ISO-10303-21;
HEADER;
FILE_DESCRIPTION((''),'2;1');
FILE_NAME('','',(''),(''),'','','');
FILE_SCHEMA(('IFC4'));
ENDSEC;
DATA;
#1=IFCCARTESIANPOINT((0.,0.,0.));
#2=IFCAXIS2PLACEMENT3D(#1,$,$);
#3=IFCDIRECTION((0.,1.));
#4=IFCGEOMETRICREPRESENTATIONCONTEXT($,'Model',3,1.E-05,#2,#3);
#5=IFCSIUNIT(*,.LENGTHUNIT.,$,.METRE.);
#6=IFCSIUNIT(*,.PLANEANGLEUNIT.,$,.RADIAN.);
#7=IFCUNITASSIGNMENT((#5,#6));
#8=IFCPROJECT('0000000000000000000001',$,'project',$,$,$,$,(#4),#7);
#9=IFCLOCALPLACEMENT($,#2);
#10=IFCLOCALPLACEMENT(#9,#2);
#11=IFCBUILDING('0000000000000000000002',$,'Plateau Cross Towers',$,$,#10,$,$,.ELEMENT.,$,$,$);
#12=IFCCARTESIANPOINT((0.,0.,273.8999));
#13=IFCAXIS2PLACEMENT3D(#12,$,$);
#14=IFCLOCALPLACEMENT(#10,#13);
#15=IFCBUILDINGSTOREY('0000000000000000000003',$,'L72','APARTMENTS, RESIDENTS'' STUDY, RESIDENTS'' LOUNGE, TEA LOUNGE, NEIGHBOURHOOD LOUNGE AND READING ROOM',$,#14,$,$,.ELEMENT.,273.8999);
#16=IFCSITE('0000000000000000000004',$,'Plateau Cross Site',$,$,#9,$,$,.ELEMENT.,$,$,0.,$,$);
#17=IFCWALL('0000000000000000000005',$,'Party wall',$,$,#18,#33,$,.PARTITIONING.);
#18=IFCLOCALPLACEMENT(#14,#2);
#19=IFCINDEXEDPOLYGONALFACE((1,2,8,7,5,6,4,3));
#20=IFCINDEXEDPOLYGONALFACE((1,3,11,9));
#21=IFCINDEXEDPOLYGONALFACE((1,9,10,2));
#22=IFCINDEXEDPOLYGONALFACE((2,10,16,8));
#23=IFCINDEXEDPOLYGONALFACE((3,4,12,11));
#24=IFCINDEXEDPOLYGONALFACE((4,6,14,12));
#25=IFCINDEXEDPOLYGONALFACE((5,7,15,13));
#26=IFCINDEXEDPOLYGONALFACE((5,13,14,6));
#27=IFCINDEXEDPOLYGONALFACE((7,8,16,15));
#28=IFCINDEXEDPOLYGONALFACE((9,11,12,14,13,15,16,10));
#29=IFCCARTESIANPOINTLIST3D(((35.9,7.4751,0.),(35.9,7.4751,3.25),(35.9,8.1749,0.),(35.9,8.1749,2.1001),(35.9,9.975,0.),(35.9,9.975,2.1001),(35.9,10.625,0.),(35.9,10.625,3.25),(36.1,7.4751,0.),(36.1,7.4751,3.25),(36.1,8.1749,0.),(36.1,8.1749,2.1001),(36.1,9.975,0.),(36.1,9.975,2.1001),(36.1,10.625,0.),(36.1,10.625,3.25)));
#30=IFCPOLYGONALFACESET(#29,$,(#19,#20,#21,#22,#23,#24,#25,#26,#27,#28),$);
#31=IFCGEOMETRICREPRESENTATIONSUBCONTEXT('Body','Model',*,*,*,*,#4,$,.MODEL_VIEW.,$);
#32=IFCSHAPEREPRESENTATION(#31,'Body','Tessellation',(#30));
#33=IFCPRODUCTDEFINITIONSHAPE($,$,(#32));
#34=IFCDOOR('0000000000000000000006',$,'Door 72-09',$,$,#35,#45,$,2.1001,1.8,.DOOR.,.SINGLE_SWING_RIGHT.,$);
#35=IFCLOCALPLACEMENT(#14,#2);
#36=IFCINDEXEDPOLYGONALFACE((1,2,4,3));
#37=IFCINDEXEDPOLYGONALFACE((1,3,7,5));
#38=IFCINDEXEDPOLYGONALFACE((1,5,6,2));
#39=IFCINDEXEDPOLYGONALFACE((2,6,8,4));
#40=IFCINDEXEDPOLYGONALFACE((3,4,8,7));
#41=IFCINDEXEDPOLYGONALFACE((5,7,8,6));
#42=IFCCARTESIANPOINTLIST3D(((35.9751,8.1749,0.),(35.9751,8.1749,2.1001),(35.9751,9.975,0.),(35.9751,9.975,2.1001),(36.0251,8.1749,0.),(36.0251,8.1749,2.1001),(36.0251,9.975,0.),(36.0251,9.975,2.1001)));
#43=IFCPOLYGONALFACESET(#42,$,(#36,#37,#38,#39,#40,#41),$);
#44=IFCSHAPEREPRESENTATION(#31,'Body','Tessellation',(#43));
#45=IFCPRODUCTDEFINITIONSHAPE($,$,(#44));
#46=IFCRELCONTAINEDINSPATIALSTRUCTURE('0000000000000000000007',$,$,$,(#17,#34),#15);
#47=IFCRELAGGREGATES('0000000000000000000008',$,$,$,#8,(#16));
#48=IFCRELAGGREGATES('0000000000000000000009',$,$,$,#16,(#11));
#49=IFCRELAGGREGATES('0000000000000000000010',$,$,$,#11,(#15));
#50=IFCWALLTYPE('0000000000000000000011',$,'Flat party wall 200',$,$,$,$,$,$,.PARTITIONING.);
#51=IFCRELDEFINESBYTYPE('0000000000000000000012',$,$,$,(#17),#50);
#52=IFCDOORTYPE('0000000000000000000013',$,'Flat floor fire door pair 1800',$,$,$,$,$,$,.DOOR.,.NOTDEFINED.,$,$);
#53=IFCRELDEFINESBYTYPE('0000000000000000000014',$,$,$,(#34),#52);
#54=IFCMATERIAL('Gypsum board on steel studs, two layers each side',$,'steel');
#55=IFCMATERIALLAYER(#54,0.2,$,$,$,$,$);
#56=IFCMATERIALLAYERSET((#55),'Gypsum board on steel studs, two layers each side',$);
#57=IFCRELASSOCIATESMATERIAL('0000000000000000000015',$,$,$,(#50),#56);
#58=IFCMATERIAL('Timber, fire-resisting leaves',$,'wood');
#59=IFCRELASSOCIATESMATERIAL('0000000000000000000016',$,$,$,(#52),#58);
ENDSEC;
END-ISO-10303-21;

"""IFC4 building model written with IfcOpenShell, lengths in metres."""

from ifc_helpers import new_model, si_unit, direction, frame, frame_2d, origin, place, context, subcontext, project, spatial, rectangle, extrude, material, layer, layer_set, type_object, element, fill, save


model = new_model("IFC4")

# Units and contexts
model_context = context("Model", 3, precision=1e-05, world=origin(), true_north=direction((0.0, 1.0)))
body_context = subcontext(model_context, "Body", "Model", "MODEL_VIEW")
ifc_project = project(units=[si_unit("LENGTHUNIT", "METRE"), si_unit("PLANEANGLEUNIT", "RADIAN")], contexts=[model_context])

# Site, building, storey
site_placement = place(None, origin())
site = spatial("IfcSite", under=ifc_project, at=site_placement, Name="Plateau Cross Site", CompositionType="ELEMENT", RefElevation=0.0)
building_placement = place(site_placement, origin())
building = spatial("IfcBuilding", under=site, at=building_placement, Name="Plateau Cross Towers", CompositionType="ELEMENT")
storey_placement = place(building_placement, frame((0.0, 0.0, 273.8999)))
storey = spatial("IfcBuildingStorey", under=building, at=storey_placement, Name="L72", Description="APARTMENTS, RESIDENTS' STUDY, RESIDENTS' LOUNGE, TEA LOUNGE, NEIGHBOURHOOD LOUNGE AND READING ROOM", CompositionType="ELEMENT", Elevation=273.8999)

# Shared definitions
ifc_material_1 = material(Name="Gypsum board on steel studs, two layers each side", Category="steel")
ifc_layer_1 = layer(ifc_material_1, 0.2)
ifc_layer_set_1 = layer_set([ifc_layer_1], Name="Gypsum board on steel studs, two layers each side")
wall_type_1 = type_object("IfcWallType", Name="Flat party wall 200", PredefinedType="PARTITIONING", material=ifc_layer_set_1)

# Wall, opening, door
wall_1_placement = place(storey_placement, frame((36.0, 7.4751, 0.0), z_axis=(0.0, 0.0, 1.0), x_axis=(0.0, 1.0, 0.0)))
wall_1 = element("IfcWall", 1, at=wall_1_placement, inside=storey, type_object=wall_type_1, Name="Party wall", PredefinedType="PARTITIONING", context=body_context, shape_type="SweptSolid", body=[
    extrude(rectangle(XDim=3.1499, YDim=0.2, at=frame_2d((1.575, 0.0))), origin(), (0.0, 0.0, 1.0), 3.25),
])
opening_1_placement = place(wall_1_placement, frame((0.7, 0.0, 0.0)))
opening_1 = element("IfcOpeningElement", 2, at=opening_1_placement, cuts=wall_1, PredefinedType="OPENING", context=body_context, shape_type="SweptSolid", body=[
    extrude(rectangle(XDim=1.8, YDim=2.1001, at=frame_2d((0.8999, 1.05))), frame((0.0, 0.1099, 0.0), z_axis=(0.0, -1.0, 0.0), x_axis=(1.0, 0.0, 0.0)), (0.0, 0.0, 1.0), 0.22),
])
ifc_material_2 = material(Name="Timber, fire-resisting leaves", Category="wood")
door_type_1 = type_object("IfcDoorType", Name="Flat floor fire door pair 1800", OperationType="NOTDEFINED", PredefinedType="DOOR", material=ifc_material_2)
door_1_placement = place(opening_1_placement, origin())
door_1 = element("IfcDoor", 3, at=door_1_placement, inside=storey, type_object=door_type_1, Name="Door 72-09", OperationType="SINGLE_SWING_RIGHT", OverallHeight=2.1001, OverallWidth=1.8, PredefinedType="DOOR", context=body_context, shape_type="SweptSolid", body=[
    extrude(rectangle(XDim=1.8, YDim=2.1001, at=frame_2d((0.8999, 1.05))), frame((0.0, 0.0249, 0.0), z_axis=(0.0, -1.0, 0.0), x_axis=(1.0, 0.0, 0.0)), (0.0, 0.0, 1.0), 0.05),
])
fill(opening_1, door_1)

save(model, "model.ifc")
